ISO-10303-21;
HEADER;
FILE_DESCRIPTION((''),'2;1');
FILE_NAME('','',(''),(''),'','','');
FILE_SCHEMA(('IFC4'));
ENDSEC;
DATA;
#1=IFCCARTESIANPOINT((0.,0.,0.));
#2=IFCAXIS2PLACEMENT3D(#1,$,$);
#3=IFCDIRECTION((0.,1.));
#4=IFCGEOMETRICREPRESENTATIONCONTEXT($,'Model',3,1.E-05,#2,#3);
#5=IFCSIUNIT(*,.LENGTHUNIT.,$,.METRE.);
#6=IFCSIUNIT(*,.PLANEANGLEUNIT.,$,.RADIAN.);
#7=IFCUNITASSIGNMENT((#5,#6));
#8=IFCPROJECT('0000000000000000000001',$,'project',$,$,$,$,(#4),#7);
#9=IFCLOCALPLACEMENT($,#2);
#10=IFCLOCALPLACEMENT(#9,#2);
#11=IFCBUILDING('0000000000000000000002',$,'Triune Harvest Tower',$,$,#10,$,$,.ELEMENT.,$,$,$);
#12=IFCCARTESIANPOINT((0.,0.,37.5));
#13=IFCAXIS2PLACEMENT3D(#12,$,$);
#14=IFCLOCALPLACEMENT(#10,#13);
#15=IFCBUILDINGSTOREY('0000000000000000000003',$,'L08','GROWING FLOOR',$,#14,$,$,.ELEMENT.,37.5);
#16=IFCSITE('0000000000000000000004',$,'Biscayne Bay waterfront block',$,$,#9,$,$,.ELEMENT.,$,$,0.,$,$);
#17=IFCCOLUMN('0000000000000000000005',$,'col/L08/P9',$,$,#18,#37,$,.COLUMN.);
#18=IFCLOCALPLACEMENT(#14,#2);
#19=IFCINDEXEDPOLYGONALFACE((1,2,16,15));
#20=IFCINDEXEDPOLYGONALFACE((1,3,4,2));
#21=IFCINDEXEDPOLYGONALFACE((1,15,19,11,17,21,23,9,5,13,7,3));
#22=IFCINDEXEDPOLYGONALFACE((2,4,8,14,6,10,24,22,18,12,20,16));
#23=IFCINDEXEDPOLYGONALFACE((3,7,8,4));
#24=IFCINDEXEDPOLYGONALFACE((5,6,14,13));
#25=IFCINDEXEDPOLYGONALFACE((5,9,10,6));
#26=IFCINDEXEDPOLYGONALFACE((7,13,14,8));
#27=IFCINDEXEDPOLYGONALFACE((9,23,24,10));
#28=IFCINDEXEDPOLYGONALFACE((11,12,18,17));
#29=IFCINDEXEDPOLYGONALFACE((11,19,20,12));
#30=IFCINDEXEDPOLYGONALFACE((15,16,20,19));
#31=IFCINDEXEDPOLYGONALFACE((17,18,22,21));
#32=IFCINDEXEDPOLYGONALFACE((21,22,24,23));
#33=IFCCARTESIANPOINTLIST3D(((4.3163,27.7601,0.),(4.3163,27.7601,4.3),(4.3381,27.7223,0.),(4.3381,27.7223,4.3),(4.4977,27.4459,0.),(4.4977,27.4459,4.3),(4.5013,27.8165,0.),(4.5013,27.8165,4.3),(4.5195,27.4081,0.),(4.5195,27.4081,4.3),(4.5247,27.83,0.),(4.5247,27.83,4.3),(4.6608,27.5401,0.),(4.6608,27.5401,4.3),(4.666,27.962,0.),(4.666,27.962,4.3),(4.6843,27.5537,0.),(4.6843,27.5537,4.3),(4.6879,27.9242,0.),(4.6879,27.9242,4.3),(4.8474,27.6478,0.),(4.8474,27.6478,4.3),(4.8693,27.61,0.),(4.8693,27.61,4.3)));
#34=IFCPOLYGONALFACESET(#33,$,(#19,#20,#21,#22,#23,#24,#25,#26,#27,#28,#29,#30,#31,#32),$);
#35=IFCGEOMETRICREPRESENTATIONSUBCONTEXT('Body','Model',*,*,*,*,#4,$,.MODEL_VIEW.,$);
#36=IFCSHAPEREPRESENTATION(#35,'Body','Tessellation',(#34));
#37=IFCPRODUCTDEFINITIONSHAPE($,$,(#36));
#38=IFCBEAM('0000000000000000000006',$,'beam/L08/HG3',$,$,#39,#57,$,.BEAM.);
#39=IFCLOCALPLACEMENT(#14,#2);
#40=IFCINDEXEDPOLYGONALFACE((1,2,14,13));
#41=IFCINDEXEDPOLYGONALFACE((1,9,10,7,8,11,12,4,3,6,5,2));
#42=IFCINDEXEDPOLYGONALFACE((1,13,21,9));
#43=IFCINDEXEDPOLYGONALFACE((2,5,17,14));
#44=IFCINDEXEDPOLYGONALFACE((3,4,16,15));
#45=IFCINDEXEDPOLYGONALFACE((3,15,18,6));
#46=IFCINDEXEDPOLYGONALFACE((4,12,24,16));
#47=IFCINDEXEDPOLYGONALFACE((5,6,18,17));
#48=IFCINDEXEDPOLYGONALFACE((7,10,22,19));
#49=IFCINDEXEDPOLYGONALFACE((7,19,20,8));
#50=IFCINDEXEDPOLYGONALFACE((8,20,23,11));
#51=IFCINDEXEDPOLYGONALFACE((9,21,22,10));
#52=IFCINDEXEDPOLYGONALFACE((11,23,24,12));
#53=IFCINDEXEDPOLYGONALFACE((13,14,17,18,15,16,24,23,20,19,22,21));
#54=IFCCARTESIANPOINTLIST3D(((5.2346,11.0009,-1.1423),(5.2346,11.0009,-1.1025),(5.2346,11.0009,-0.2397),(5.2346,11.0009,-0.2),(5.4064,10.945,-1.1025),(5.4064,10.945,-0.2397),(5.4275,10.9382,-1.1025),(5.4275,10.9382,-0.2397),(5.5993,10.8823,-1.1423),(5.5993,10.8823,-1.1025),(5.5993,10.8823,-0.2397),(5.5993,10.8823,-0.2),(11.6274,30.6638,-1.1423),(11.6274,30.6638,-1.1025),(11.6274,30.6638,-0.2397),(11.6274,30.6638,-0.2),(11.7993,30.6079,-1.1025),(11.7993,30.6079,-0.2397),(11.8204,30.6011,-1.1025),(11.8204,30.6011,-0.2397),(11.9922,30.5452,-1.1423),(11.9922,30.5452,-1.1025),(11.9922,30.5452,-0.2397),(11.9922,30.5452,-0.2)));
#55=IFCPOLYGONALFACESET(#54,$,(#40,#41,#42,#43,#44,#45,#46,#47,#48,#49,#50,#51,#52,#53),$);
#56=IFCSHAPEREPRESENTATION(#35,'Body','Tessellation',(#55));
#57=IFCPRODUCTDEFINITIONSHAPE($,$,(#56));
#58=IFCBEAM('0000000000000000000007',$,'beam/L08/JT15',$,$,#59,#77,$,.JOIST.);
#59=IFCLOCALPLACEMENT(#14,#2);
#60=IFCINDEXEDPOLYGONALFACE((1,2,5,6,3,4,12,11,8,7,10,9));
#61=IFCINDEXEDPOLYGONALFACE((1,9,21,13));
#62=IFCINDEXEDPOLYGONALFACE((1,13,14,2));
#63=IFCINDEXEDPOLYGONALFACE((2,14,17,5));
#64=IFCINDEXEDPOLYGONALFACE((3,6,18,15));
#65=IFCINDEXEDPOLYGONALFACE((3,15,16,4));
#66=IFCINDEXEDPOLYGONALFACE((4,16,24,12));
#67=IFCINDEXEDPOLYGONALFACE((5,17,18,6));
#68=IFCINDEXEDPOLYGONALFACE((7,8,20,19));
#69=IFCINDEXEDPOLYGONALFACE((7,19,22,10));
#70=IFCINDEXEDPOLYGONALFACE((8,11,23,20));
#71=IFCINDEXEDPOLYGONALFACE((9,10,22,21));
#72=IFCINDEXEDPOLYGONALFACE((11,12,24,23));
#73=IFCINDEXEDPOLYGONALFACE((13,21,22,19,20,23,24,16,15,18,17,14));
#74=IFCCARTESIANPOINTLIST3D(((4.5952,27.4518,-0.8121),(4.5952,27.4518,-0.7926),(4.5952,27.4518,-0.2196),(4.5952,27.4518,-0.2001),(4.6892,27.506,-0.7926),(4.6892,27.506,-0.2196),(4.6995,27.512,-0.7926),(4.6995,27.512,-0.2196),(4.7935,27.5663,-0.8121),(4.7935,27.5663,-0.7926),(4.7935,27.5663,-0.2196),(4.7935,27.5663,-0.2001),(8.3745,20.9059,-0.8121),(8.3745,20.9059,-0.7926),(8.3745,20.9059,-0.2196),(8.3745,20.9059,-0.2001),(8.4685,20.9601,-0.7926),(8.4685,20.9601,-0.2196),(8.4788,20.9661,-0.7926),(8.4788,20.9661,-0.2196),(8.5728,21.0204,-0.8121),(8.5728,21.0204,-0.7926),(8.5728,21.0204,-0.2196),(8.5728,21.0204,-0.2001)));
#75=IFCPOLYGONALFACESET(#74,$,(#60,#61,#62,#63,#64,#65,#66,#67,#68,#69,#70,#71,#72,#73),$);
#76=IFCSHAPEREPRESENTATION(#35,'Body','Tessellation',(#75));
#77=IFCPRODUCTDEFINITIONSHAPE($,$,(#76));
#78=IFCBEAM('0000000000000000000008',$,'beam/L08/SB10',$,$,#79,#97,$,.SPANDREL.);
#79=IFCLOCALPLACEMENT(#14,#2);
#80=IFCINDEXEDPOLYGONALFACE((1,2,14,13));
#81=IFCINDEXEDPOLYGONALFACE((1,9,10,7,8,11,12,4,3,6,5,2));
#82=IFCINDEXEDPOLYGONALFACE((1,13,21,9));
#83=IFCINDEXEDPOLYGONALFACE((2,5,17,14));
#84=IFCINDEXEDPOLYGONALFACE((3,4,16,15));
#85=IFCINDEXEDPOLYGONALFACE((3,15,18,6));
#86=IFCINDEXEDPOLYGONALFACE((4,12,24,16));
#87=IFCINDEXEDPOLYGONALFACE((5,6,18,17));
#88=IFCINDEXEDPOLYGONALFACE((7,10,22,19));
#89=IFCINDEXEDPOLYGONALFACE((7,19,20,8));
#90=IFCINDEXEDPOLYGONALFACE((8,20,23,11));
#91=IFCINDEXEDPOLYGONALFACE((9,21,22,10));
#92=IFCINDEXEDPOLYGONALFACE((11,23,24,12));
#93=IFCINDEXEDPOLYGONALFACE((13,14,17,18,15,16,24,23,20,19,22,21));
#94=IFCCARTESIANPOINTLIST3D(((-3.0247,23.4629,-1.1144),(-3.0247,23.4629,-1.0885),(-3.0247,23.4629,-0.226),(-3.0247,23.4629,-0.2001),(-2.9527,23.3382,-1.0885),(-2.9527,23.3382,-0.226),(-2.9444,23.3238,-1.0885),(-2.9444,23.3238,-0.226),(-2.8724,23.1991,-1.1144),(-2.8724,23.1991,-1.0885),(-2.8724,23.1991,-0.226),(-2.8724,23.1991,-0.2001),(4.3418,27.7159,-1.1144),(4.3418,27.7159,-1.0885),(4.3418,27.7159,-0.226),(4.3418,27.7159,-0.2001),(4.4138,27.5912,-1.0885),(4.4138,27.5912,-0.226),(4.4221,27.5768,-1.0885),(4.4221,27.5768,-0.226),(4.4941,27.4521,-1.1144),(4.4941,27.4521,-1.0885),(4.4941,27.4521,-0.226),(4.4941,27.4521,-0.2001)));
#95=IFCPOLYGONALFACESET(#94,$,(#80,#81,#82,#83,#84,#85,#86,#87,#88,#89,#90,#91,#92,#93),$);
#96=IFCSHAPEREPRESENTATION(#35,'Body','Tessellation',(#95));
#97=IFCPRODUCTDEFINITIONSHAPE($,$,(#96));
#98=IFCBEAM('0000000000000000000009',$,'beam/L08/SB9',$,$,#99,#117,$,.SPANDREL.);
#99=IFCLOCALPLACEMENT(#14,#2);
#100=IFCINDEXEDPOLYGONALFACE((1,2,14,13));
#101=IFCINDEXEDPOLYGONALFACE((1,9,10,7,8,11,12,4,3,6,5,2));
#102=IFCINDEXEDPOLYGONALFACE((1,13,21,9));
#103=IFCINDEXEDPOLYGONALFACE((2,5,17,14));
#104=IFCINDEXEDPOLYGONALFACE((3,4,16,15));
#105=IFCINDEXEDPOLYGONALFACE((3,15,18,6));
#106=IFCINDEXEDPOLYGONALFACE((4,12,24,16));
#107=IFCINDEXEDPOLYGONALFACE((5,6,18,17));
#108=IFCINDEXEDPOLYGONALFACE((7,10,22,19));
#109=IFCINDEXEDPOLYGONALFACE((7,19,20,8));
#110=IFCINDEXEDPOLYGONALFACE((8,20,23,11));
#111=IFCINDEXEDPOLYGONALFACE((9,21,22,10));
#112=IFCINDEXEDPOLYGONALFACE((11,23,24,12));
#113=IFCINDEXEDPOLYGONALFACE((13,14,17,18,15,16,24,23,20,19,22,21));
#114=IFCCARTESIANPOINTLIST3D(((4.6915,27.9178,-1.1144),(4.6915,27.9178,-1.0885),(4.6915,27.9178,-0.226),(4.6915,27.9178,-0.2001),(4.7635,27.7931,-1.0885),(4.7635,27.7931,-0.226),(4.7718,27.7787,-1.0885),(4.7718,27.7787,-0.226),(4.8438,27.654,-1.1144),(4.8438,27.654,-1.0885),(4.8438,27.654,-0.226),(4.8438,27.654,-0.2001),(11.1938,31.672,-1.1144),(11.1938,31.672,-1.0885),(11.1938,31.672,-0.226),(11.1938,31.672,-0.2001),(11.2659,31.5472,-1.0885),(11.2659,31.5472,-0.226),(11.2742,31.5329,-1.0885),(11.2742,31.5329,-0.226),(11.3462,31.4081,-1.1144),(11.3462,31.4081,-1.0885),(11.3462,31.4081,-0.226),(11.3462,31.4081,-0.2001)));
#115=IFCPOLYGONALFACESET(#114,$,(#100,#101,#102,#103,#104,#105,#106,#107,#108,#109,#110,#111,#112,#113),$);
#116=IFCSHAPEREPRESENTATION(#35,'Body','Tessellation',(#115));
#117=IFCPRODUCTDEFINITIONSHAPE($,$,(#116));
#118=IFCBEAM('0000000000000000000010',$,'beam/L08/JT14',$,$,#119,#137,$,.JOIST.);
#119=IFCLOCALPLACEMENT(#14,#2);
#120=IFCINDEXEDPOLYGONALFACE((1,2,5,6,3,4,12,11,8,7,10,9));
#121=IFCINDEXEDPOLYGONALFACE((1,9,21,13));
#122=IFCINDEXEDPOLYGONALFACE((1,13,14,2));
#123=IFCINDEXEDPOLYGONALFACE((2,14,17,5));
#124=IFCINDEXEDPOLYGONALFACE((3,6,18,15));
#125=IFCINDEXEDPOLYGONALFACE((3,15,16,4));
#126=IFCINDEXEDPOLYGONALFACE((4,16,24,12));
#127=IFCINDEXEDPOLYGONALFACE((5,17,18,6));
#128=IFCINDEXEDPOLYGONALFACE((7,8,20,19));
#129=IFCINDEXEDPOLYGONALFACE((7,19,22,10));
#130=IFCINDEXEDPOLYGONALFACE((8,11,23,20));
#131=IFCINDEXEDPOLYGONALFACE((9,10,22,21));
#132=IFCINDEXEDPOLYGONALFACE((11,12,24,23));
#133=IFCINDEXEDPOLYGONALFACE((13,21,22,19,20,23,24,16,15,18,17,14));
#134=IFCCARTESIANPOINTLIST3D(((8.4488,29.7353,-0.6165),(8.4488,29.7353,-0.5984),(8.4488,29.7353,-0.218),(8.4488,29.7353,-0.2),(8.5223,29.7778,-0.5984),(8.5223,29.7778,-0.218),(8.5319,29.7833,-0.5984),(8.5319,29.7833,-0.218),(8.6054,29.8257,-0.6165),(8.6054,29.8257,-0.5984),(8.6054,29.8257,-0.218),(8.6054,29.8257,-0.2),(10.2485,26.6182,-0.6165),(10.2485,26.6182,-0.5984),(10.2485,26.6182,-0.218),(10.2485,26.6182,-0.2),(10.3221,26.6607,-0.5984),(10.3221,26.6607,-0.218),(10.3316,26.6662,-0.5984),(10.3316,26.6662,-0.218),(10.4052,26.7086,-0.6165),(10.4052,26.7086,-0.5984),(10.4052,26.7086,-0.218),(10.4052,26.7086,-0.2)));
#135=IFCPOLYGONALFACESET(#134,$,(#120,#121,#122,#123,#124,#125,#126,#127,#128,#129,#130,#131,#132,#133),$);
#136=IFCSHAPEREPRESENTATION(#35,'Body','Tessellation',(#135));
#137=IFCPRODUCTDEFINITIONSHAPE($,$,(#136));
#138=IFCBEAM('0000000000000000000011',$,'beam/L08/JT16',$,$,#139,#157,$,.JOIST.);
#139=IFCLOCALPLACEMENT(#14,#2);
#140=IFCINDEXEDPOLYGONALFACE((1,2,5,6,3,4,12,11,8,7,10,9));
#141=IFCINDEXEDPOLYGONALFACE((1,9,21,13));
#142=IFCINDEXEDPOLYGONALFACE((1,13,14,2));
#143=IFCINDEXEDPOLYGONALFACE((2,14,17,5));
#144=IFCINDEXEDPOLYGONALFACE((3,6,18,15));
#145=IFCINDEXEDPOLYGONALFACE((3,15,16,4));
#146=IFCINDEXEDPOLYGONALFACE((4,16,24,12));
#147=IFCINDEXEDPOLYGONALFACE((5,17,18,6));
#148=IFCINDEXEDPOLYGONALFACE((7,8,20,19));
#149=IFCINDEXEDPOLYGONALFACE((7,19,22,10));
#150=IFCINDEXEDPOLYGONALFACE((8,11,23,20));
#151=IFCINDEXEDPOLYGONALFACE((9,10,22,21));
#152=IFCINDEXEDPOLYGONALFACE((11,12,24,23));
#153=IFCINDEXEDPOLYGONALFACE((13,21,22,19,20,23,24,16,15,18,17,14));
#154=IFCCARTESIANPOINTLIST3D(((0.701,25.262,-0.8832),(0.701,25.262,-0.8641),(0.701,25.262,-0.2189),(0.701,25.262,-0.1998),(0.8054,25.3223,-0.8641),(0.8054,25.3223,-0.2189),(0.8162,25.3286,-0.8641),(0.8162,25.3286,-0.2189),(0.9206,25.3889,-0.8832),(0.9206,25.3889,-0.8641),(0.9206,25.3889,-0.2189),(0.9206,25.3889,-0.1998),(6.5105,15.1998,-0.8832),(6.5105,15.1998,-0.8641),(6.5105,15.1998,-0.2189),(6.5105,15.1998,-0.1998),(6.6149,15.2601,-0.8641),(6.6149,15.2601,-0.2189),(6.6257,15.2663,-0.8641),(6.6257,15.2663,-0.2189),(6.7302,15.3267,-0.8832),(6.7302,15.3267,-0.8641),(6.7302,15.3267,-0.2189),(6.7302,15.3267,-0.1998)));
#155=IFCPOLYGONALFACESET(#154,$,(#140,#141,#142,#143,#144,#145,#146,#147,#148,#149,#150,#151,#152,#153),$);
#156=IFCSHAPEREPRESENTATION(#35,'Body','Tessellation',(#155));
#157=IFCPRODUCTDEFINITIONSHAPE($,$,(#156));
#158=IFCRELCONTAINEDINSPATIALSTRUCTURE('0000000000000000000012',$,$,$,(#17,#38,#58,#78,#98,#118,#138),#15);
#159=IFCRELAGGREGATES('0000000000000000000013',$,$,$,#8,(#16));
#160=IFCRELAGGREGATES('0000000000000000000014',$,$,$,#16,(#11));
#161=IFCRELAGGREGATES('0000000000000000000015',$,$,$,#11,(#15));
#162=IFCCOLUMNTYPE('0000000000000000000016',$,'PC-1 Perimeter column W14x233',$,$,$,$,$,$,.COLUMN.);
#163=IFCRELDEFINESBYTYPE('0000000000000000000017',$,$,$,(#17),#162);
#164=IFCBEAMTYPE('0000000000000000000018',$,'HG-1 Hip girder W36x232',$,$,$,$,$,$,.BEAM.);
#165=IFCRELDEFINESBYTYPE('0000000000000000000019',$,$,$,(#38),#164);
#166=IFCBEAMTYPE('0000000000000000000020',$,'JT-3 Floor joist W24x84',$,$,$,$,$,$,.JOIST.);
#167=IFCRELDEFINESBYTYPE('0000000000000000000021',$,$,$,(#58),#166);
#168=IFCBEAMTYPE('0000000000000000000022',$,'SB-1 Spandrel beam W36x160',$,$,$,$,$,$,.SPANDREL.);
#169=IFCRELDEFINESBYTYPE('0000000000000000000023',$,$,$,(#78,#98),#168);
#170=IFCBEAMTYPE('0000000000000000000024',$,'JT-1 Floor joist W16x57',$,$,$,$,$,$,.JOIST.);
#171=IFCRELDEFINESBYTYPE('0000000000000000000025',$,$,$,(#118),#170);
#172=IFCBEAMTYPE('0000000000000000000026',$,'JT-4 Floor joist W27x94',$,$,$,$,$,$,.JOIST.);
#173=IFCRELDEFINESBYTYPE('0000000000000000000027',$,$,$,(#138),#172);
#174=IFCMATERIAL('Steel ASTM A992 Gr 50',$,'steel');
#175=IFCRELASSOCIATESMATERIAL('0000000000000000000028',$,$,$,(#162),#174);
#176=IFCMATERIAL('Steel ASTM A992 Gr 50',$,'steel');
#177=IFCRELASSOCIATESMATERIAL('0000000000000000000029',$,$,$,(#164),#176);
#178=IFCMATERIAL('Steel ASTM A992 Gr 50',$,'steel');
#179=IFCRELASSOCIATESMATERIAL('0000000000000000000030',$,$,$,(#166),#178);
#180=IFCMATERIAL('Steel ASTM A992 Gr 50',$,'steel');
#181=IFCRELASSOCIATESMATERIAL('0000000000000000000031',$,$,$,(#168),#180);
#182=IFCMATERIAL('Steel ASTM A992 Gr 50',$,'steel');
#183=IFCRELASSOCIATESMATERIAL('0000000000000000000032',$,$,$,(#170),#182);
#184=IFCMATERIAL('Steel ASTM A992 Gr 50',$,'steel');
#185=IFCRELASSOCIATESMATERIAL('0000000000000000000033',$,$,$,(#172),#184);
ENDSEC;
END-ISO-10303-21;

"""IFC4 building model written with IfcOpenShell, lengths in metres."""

from ifc_helpers import new_model, si_unit, direction, frame, origin, origin_2d, place, context, subcontext, project, spatial, i_section, extrude, source, transform, mapped, material, material_profile, profile_set, type_object, element, save


model = new_model("IFC4")

# Units and contexts
model_context = context("Model", 3, precision=1e-05, world=origin(), true_north=direction((0.0, 1.0)))
body_context = subcontext(model_context, "Body", "Model", "MODEL_VIEW")
ifc_project = project(units=[si_unit("LENGTHUNIT", "METRE"), si_unit("PLANEANGLEUNIT", "RADIAN")], contexts=[model_context])

# Site, building, storey
site_placement = place(None, origin())
site = spatial("IfcSite", under=ifc_project, at=site_placement, Name="Biscayne Bay waterfront block", CompositionType="ELEMENT", RefElevation=0.0)
building_placement = place(site_placement, origin())
building = spatial("IfcBuilding", under=site, at=building_placement, Name="Triune Harvest Tower", CompositionType="ELEMENT")
storey_placement = place(building_placement, frame((0.0, 0.0, 37.5)))
storey = spatial("IfcBuildingStorey", under=building, at=storey_placement, Name="L08", Description="GROWING FLOOR", CompositionType="ELEMENT", Elevation=37.5)

# Column
ifc_material_1 = material(Name="Steel ASTM A992 Gr 50", Category="steel")
ifc_material_profile_1 = material_profile(ifc_material_1, i_section(OverallWidth=0.4038, OverallDepth=0.4065, WebThickness=0.0271, FlangeThickness=0.0437, at=origin_2d()), Name="W14x233")
ifc_profile_set_1 = profile_set([ifc_material_profile_1], Name="Steel ASTM A992 Gr 50")
column_type = type_object("IfcColumnType", Name="PC-1 Perimeter column W14x233", PredefinedType="COLUMN", material=ifc_profile_set_1)
shared_shape_1 = source(origin(), body_context, "Body", "SweptSolid", [
    extrude(i_section(OverallWidth=0.4038, OverallDepth=0.4065, WebThickness=0.0271, FlangeThickness=0.0437, at=origin_2d()), origin(), (0.0, 0.0, 1.0), 4.3),
])
column_placement = place(storey_placement, frame((4.5928, 27.6851, 0.0), z_axis=(0.0, 0.0, 1.0), x_axis=(-0.866025, -0.5, 0.0)))
element("IfcColumn", 1, at=column_placement, inside=storey, type_object=column_type, Name="col/L08/P9", PredefinedType="COLUMN", context=body_context, shape_type="MappedRepresentation", body=[
    mapped(shared_shape_1, transform((0.0, 0.0, 0.0), scale=1.0)),
])

# Beams
ifc_material_2 = material(Name="Steel ASTM A992 Gr 50", Category="steel")
ifc_material_profile_2 = material_profile(ifc_material_2, i_section(OverallWidth=0.3835, OverallDepth=0.9424, WebThickness=0.0222, FlangeThickness=0.0398, at=origin_2d()), Name="W36x232")
ifc_profile_set_2 = profile_set([ifc_material_profile_2], Name="Steel ASTM A992 Gr 50")
beam_type_1 = type_object("IfcBeamType", Name="HG-1 Hip girder W36x232", PredefinedType="BEAM", material=ifc_profile_set_2)
shared_shape_2 = source(origin(), body_context, "Body", "SweptSolid", [
    extrude(i_section(OverallWidth=0.3835, OverallDepth=0.9424, WebThickness=0.0222, FlangeThickness=0.0398, at=origin_2d()), origin(), (0.0, 0.0, 1.0), 20.676),
])
beam_1_placement = place(storey_placement, frame((11.8098, 30.6045, -0.6711), z_axis=(-0.309191, -0.951, 0.0), x_axis=(0.951, -0.309191, 0.0)))
element("IfcBeam", 2, at=beam_1_placement, inside=storey, type_object=beam_type_1, Name="beam/L08/HG3", PredefinedType="BEAM", context=body_context, shape_type="MappedRepresentation", body=[
    mapped(shared_shape_2, transform((0.0, 0.0, 0.0), scale=1.0)),
])
ifc_material_3 = material(Name="Steel ASTM A992 Gr 50", Category="steel")
ifc_material_profile_3 = material_profile(ifc_material_3, i_section(OverallWidth=0.229, OverallDepth=0.6121, WebThickness=0.012, FlangeThickness=0.0195, at=origin_2d()), Name="W24x84")
ifc_profile_set_3 = profile_set([ifc_material_profile_3], Name="Steel ASTM A992 Gr 50")
beam_type_2 = type_object("IfcBeamType", Name="JT-3 Floor joist W24x84", PredefinedType="JOIST", material=ifc_profile_set_3)
shared_shape_3 = source(origin(), body_context, "Body", "SweptSolid", [
    extrude(i_section(OverallWidth=0.229, OverallDepth=0.6121, WebThickness=0.012, FlangeThickness=0.0195, at=origin_2d()), origin(), (0.0, 0.0, 1.0), 7.5586),
])
beam_2_placement = place(storey_placement, frame((4.6943, 27.509, -0.5061), z_axis=(0.500002, -0.866024, 0.0), x_axis=(0.866024, 0.500002, 0.0)))
element("IfcBeam", 3, at=beam_2_placement, inside=storey, type_object=beam_type_2, Name="beam/L08/JT15", PredefinedType="JOIST", context=body_context, shape_type="MappedRepresentation", body=[
    mapped(shared_shape_3, transform((0.0, 0.0, 0.0), scale=1.0)),
])
ifc_material_4 = material(Name="Steel ASTM A992 Gr 50", Category="steel")
ifc_material_profile_4 = material_profile(ifc_material_4, i_section(OverallWidth=0.3047, OverallDepth=0.9143, WebThickness=0.0166, FlangeThickness=0.0259, at=origin_2d()), Name="W36x160")
ifc_profile_set_4 = profile_set([ifc_material_profile_4], Name="Steel ASTM A992 Gr 50")
beam_type_3 = type_object("IfcBeamType", Name="SB-1 Spandrel beam W36x160", PredefinedType="SPANDREL", material=ifc_profile_set_4)
shared_shape_4 = source(origin(), body_context, "Body", "SweptSolid", [
    extrude(i_section(OverallWidth=0.3047, OverallDepth=0.9143, WebThickness=0.0166, FlangeThickness=0.0259, at=origin_2d()), origin(), (0.0, 0.0, 1.0), 8.5061),
])
beam_3_placement = place(storey_placement, frame((4.418, 27.584, -0.6572), z_axis=(-0.86603, -0.499992, 0.0), x_axis=(0.499992, -0.86603, 0.0)))
element("IfcBeam", 4, at=beam_3_placement, inside=storey, type_object=beam_type_3, Name="beam/L08/SB10", PredefinedType="SPANDREL", context=body_context, shape_type="MappedRepresentation", body=[
    mapped(shared_shape_4, transform((0.0, 0.0, 0.0), scale=1.0)),
])
shared_shape_5 = source(origin(), body_context, "Body", "SweptSolid", [
    extrude(i_section(OverallWidth=0.3047, OverallDepth=0.9143, WebThickness=0.0166, FlangeThickness=0.0259, at=origin_2d()), origin(), (0.0, 0.0, 1.0), 7.5083),
])
beam_4_placement = place(storey_placement, frame((11.27, 31.54, -0.6572), z_axis=(-0.866027, -0.499996, 0.0), x_axis=(0.499996, -0.866027, 0.0)))
element("IfcBeam", 5, at=beam_4_placement, inside=storey, type_object=beam_type_3, Name="beam/L08/SB9", PredefinedType="SPANDREL", context=body_context, shape_type="MappedRepresentation", body=[
    mapped(shared_shape_5, transform((0.0, 0.0, 0.0), scale=1.0)),
])
ifc_material_5 = material(Name="Steel ASTM A992 Gr 50", Category="steel")
ifc_material_profile_5 = material_profile(ifc_material_5, i_section(OverallWidth=0.1809, OverallDepth=0.4165, WebThickness=0.011, FlangeThickness=0.0181, at=origin_2d()), Name="W16x57")
ifc_profile_set_5 = profile_set([ifc_material_profile_5], Name="Steel ASTM A992 Gr 50")
beam_type_4 = type_object("IfcBeamType", Name="JT-1 Floor joist W16x57", PredefinedType="JOIST", material=ifc_profile_set_5)
shared_shape_6 = source(origin(), body_context, "Body", "SweptSolid", [
    extrude(i_section(OverallWidth=0.1809, OverallDepth=0.4165, WebThickness=0.011, FlangeThickness=0.0181, at=origin_2d()), origin(), (0.0, 0.0, 1.0), 3.5994),
])
beam_5_placement = place(storey_placement, frame((8.5271, 29.7805, -0.4082), z_axis=(0.50002, -0.866014, 0.0), x_axis=(0.866014, 0.50002, 0.0)))
element("IfcBeam", 6, at=beam_5_placement, inside=storey, type_object=beam_type_4, Name="beam/L08/JT14", PredefinedType="JOIST", context=body_context, shape_type="MappedRepresentation", body=[
    mapped(shared_shape_6, transform((0.0, 0.0, 0.0), scale=1.0)),
])
ifc_material_6 = material(Name="Steel ASTM A992 Gr 50", Category="steel")
ifc_material_profile_6 = material_profile(ifc_material_6, i_section(OverallWidth=0.2537, OverallDepth=0.6833, WebThickness=0.0125, FlangeThickness=0.019, at=origin_2d()), Name="W27x94")
ifc_profile_set_6 = profile_set([ifc_material_profile_6], Name="Steel ASTM A992 Gr 50")
beam_type_5 = type_object("IfcBeamType", Name="JT-4 Floor joist W27x94", PredefinedType="JOIST", material=ifc_profile_set_6)
shared_shape_7 = source(origin(), body_context, "Body", "SweptSolid", [
    extrude(i_section(OverallWidth=0.2537, OverallDepth=0.6833, WebThickness=0.0125, FlangeThickness=0.019, at=origin_2d()), origin(), (0.0, 0.0, 1.0), 11.6189),
])
beam_6_placement = place(storey_placement, frame((0.8108, 25.3254, -0.5415), z_axis=(0.500008, -0.866021, 0.0), x_axis=(0.866021, 0.500008, 0.0)))
element("IfcBeam", 7, at=beam_6_placement, inside=storey, type_object=beam_type_5, Name="beam/L08/JT16", PredefinedType="JOIST", context=body_context, shape_type="MappedRepresentation", body=[
    mapped(shared_shape_7, transform((0.0, 0.0, 0.0), scale=1.0)),
])

save(model, "model.ifc")
